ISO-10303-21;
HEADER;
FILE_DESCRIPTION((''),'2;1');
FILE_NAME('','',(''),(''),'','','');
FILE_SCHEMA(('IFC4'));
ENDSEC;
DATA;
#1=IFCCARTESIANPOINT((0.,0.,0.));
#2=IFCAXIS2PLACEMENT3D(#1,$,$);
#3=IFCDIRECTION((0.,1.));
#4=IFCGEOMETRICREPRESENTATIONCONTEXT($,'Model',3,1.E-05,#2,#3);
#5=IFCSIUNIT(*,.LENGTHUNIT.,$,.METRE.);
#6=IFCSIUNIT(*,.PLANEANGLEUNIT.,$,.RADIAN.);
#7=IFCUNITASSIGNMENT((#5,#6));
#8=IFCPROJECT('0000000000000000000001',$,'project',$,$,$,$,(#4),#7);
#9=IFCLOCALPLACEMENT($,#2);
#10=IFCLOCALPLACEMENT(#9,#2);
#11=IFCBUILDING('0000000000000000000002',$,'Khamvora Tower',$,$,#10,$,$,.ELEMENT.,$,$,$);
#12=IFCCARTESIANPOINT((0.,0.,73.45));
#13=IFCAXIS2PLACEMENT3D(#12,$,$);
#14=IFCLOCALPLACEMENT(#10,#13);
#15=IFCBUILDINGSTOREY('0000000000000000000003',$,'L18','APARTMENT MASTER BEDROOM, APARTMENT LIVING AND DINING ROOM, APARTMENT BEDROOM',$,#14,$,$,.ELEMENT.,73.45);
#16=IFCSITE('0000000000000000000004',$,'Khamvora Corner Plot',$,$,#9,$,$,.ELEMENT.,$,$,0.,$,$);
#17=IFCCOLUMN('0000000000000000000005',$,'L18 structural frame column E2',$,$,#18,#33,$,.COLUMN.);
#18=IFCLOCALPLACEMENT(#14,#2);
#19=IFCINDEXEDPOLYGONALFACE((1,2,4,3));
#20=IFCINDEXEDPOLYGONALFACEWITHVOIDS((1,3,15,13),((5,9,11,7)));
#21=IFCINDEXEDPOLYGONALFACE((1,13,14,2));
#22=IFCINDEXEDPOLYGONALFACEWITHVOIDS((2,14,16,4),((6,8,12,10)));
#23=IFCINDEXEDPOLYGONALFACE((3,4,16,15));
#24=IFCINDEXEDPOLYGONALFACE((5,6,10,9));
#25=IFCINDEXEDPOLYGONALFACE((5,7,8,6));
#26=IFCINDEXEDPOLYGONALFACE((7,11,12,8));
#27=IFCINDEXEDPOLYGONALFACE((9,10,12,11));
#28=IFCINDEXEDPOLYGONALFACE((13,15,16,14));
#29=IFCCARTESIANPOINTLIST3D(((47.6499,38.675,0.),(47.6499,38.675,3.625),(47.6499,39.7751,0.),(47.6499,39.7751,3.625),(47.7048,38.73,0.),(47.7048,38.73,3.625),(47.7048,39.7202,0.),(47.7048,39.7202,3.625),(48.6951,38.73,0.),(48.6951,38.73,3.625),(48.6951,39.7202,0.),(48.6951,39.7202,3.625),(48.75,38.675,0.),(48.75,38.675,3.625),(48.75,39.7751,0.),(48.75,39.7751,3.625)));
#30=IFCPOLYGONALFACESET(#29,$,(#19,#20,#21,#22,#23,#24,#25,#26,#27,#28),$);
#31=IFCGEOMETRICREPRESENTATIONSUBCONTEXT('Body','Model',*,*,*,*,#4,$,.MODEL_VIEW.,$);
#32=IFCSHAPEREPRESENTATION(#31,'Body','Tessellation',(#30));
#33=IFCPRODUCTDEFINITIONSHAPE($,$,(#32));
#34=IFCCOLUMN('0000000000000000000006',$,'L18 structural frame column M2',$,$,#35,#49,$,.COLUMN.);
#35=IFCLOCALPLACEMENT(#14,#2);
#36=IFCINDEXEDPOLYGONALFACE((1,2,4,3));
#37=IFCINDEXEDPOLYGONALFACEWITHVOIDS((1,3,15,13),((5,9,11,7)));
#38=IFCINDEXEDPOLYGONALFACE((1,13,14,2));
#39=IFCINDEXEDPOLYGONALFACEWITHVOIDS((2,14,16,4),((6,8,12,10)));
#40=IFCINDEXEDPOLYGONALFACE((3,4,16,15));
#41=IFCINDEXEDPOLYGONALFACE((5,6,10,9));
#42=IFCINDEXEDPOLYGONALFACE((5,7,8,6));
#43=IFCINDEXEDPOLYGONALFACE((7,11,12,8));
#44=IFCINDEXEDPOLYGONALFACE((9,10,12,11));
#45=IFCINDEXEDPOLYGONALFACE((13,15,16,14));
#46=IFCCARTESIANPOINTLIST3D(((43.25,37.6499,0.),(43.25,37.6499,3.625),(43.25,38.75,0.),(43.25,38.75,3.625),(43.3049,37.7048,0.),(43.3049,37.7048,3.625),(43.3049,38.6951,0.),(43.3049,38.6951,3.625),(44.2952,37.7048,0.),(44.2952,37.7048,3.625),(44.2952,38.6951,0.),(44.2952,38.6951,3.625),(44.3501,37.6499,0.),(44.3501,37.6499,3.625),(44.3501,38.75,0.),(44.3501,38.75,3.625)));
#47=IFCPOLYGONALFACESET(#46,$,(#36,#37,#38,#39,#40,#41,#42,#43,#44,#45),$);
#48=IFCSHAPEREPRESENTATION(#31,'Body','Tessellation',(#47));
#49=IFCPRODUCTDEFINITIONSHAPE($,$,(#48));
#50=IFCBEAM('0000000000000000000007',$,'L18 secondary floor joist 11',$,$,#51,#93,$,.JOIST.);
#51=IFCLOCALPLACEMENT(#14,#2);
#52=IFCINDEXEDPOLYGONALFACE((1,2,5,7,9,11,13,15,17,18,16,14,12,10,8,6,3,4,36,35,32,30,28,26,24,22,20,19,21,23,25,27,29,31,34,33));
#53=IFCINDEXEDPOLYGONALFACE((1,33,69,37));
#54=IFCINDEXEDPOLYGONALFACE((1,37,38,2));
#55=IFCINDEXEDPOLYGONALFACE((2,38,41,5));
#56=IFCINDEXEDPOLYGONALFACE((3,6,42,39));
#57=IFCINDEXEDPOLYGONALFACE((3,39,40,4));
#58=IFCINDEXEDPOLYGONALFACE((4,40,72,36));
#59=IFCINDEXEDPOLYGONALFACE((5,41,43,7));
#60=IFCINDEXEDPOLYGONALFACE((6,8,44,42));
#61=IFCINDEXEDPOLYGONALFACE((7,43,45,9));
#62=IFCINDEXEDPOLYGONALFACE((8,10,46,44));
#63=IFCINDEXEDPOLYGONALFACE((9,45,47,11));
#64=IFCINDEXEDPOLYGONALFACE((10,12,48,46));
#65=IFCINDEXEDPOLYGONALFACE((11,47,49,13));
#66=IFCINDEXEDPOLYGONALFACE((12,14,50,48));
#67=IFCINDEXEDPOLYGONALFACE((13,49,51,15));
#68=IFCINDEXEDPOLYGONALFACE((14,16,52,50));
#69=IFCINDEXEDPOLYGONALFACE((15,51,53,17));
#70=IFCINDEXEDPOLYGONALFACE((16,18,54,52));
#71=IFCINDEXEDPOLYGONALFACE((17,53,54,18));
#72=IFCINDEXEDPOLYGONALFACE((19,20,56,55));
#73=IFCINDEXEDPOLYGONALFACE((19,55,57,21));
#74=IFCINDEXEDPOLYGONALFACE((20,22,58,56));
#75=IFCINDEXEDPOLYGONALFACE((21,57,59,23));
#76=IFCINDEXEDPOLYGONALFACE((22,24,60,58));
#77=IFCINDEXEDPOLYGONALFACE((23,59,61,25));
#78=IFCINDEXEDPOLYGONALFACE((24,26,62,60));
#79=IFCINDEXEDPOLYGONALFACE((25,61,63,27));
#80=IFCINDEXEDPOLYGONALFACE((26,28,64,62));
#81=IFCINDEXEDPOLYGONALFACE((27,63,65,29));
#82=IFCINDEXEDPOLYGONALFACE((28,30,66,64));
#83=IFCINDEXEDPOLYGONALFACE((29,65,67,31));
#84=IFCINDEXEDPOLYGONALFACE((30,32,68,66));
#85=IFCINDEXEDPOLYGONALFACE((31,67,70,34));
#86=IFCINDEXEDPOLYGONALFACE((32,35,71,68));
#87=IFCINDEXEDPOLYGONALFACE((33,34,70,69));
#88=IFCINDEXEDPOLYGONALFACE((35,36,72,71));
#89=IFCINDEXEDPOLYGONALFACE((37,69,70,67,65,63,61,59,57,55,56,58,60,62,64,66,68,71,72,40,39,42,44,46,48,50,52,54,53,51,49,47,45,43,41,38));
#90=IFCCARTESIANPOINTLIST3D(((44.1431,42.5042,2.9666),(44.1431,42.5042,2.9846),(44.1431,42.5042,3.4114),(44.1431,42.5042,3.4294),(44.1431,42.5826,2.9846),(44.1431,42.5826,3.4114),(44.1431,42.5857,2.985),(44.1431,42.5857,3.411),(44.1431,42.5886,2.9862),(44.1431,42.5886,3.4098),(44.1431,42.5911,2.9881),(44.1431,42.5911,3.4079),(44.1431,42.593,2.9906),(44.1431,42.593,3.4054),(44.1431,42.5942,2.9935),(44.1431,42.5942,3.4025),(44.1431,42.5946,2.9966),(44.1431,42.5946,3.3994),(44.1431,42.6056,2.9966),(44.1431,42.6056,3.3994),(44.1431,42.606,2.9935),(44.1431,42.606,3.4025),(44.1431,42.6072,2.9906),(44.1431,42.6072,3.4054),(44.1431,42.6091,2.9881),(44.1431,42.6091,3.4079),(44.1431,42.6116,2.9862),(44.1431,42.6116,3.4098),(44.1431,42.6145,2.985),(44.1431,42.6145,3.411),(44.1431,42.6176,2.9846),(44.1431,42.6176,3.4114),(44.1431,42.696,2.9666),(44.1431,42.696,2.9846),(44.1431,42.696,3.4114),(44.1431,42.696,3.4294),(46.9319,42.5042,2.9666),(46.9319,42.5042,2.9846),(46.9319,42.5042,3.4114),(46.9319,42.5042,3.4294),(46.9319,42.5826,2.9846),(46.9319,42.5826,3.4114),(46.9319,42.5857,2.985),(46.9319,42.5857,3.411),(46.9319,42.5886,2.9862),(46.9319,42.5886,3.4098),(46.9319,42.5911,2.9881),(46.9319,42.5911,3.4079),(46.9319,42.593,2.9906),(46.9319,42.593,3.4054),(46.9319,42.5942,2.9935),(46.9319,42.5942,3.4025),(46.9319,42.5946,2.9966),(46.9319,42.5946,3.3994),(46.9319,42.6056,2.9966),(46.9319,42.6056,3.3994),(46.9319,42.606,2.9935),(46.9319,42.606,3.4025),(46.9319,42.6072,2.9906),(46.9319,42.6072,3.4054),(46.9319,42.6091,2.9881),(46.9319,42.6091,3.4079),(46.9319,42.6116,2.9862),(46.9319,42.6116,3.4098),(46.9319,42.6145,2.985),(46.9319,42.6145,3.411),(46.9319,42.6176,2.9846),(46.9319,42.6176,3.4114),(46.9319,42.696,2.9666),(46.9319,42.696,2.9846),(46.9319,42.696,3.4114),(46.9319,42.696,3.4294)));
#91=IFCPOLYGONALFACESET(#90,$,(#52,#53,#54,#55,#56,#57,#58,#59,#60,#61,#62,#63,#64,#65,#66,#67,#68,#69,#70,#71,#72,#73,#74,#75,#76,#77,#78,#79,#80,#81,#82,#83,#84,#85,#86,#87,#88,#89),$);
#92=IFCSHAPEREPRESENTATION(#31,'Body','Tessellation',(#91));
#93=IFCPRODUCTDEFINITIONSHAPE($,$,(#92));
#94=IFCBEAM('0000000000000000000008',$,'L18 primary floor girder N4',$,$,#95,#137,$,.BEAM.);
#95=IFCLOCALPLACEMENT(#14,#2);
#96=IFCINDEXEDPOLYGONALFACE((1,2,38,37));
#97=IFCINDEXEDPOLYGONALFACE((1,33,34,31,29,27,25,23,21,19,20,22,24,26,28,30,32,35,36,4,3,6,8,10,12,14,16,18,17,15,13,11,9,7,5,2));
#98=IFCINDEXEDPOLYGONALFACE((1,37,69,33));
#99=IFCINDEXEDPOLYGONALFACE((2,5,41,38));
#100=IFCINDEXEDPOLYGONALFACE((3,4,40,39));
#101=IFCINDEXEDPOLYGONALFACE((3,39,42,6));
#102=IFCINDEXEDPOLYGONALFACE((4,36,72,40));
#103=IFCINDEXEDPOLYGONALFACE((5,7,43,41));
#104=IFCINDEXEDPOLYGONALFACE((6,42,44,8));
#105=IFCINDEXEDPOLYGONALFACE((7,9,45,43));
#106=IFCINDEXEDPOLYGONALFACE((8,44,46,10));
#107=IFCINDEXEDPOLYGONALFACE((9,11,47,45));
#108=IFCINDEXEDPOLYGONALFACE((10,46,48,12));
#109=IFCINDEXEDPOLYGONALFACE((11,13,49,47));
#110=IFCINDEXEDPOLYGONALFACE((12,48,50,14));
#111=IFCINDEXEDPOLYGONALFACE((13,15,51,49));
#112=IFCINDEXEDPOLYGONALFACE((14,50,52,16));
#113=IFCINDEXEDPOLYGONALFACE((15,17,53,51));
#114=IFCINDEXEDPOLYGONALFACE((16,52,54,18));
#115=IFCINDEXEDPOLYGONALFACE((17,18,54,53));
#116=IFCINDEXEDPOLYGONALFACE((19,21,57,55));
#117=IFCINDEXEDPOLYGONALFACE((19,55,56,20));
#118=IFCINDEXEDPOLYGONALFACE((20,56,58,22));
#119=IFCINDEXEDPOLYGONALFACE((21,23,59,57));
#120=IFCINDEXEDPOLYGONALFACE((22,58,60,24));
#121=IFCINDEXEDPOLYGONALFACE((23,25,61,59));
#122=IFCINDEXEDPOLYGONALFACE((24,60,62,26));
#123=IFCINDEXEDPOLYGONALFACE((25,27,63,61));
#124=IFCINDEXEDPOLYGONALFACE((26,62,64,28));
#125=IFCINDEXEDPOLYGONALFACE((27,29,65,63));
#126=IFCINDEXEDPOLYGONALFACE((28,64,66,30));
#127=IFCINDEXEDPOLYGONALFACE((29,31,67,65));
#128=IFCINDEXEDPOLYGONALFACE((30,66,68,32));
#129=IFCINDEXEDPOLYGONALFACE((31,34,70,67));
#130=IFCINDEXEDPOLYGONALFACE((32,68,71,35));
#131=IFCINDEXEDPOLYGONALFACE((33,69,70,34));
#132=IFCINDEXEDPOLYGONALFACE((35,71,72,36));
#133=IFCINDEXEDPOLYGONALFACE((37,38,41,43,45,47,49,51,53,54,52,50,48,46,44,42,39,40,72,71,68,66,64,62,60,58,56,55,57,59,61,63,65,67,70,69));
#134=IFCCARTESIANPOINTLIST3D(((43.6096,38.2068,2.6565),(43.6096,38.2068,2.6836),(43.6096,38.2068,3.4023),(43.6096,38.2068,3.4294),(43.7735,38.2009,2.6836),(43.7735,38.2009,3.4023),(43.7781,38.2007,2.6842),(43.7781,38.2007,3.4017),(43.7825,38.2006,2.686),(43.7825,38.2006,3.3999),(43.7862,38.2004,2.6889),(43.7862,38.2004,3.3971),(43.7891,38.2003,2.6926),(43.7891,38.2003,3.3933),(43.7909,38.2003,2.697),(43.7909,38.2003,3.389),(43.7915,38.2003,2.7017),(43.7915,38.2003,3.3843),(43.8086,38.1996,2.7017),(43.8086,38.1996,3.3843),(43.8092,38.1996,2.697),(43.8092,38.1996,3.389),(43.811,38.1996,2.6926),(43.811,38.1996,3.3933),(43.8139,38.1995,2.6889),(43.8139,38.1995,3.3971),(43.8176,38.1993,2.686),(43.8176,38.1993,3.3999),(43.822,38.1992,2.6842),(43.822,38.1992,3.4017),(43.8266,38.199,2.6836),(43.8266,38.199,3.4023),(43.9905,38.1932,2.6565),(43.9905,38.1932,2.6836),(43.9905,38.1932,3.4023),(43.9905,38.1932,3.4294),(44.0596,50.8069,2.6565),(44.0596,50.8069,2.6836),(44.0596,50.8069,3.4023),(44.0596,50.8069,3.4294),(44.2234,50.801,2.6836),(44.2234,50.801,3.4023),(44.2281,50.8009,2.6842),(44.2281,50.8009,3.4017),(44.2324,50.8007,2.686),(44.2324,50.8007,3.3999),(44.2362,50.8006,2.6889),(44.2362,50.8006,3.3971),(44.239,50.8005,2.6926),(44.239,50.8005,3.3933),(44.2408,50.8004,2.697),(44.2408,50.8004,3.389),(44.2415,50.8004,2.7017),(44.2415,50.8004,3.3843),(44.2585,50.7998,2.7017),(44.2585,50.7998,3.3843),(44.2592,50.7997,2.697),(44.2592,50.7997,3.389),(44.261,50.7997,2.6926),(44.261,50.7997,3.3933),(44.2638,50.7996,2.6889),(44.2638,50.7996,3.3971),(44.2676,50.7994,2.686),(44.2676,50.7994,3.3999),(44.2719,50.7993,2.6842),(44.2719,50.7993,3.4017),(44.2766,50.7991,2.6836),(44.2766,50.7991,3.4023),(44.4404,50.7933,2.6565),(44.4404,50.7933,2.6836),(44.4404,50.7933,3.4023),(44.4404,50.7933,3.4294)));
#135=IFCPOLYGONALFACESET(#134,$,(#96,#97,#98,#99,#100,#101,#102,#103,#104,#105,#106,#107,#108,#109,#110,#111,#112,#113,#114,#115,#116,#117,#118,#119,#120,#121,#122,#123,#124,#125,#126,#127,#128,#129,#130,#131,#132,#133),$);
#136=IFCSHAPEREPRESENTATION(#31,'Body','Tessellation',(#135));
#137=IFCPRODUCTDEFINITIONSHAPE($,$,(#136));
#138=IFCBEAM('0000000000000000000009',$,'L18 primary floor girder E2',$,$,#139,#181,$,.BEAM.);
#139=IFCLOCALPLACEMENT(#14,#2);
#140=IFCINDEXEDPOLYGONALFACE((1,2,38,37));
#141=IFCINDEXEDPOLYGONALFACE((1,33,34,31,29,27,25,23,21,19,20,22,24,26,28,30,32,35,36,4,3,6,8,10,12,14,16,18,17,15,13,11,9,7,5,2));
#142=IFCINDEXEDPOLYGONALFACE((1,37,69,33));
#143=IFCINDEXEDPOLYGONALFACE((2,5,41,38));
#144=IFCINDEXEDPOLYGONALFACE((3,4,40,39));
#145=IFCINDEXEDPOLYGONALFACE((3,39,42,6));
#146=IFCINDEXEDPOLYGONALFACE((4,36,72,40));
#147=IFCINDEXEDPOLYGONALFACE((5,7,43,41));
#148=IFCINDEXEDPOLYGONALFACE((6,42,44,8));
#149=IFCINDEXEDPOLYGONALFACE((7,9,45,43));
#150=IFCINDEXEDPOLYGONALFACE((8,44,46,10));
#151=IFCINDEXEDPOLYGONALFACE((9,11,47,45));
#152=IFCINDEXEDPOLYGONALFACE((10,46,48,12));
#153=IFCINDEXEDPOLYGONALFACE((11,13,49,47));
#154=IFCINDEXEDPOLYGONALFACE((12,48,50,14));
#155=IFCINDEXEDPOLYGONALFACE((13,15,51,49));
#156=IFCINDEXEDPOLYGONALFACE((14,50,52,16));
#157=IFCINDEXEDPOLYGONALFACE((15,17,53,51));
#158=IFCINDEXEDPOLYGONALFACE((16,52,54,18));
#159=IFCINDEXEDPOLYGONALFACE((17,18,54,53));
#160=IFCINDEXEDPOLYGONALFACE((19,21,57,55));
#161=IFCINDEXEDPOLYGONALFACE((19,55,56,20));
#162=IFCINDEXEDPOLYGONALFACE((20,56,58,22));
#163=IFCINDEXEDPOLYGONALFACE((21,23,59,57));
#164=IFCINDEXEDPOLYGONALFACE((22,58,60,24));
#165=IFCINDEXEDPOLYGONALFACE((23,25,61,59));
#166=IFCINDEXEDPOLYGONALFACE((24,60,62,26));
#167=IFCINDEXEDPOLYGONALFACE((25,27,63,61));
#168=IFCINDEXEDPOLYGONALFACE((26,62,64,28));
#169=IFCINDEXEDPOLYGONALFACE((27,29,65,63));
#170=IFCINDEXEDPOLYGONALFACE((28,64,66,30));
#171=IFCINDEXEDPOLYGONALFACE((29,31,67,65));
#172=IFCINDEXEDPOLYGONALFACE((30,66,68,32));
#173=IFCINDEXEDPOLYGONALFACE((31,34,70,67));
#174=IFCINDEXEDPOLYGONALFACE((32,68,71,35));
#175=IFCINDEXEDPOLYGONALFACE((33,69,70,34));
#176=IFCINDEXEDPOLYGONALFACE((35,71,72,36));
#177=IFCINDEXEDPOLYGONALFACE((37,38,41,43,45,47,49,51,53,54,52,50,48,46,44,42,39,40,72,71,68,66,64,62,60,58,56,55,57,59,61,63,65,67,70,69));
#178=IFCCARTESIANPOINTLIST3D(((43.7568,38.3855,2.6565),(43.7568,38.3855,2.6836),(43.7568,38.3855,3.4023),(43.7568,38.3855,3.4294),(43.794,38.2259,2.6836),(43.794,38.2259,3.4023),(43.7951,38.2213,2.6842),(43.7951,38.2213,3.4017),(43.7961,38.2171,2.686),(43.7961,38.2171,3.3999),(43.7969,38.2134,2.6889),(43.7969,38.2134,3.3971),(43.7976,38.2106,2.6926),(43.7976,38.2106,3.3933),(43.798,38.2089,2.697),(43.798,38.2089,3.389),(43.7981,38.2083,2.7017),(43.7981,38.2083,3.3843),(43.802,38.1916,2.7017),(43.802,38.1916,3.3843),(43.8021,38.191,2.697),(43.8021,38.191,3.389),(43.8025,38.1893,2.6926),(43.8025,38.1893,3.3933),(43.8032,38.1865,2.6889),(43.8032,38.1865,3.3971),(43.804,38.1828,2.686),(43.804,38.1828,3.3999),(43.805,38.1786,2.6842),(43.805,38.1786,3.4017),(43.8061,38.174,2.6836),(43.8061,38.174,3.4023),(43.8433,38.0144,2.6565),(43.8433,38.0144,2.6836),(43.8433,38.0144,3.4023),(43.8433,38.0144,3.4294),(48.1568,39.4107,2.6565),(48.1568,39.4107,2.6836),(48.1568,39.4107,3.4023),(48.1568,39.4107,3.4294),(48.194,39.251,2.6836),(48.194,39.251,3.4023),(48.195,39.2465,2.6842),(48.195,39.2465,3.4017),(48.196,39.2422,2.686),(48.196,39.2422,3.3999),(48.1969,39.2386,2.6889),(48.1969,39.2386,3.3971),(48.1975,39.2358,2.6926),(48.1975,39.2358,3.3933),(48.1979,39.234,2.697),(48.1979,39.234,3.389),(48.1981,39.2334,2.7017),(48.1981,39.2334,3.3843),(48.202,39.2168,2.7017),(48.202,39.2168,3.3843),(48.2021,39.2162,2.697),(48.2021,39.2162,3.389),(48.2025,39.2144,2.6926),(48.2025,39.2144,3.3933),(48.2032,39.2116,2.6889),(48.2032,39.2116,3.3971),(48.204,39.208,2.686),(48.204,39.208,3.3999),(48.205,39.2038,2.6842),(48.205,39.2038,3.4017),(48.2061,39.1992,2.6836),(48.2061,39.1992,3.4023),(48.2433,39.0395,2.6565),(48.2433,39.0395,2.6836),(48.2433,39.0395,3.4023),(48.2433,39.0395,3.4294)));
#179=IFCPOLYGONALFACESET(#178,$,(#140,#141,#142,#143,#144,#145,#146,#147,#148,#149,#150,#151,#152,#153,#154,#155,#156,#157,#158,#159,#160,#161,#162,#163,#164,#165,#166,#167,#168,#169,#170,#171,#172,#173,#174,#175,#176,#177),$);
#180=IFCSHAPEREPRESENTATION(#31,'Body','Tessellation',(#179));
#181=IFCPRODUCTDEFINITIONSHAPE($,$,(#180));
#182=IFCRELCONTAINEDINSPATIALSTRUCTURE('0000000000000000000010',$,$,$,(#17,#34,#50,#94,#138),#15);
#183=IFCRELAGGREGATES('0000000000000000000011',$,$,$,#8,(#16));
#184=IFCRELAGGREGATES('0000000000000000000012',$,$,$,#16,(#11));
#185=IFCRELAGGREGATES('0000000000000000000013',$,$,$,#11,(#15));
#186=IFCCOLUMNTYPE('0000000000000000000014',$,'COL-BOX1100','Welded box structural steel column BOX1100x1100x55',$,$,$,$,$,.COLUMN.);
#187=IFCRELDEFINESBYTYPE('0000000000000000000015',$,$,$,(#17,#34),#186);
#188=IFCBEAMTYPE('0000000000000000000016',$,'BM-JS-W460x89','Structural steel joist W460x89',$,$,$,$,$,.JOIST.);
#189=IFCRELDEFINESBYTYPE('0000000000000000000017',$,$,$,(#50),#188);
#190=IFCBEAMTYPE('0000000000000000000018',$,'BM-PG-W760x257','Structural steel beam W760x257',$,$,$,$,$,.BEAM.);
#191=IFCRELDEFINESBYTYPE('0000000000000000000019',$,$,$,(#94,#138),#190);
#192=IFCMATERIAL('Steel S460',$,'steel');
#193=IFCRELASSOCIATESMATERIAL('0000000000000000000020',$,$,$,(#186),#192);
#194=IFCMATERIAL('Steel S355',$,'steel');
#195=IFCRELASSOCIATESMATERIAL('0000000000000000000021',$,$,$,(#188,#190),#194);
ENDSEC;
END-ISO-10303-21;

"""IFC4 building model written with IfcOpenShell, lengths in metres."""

from ifc_helpers import new_model, si_unit, direction, frame, origin, origin_2d, place, context, subcontext, project, spatial, hollow_rectangle, i_section, extrude, material, material_profile, profile_set, type_object, element, save


model = new_model("IFC4")

# Units and contexts
model_context = context("Model", 3, precision=1e-05, world=origin(), true_north=direction((0.0, 1.0)))
body_context = subcontext(model_context, "Body", "Model", "MODEL_VIEW")
ifc_project = project(units=[si_unit("LENGTHUNIT", "METRE"), si_unit("PLANEANGLEUNIT", "RADIAN")], contexts=[model_context])

# Site, building, storey
site_placement = place(None, origin())
site = spatial("IfcSite", under=ifc_project, at=site_placement, Name="Khamvora Corner Plot", CompositionType="ELEMENT", RefElevation=0.0)
building_placement = place(site_placement, origin())
building = spatial("IfcBuilding", under=site, at=building_placement, Name="Khamvora Tower", CompositionType="ELEMENT")
storey_placement = place(building_placement, frame((0.0, 0.0, 73.45)))
storey = spatial("IfcBuildingStorey", under=building, at=storey_placement, Name="L18", Description="APARTMENT MASTER BEDROOM, APARTMENT LIVING AND DINING ROOM, APARTMENT BEDROOM", CompositionType="ELEMENT", Elevation=73.45)

# Columns
ifc_material_1 = material(Name="Steel S460", Category="steel")
ifc_material_profile_1 = material_profile(ifc_material_1, hollow_rectangle(XDim=1.1001, YDim=1.1001, WallThickness=0.0549, at=origin_2d()), Name="BOX1100x1100x55")
ifc_profile_set_1 = profile_set([ifc_material_profile_1], Name="Steel S460")
column_type = type_object("IfcColumnType", Name="COL-BOX1100", Description="Welded box structural steel column BOX1100x1100x55", PredefinedType="COLUMN", material=ifc_profile_set_1)
for number, where, z_axis, x_axis, name in (
    (1, (48.2, 39.2251, 0.0), (0.0, 0.0, 1.0), (1.0, 0.0, 0.0), "L18 structural frame column E2"),
    (2, (43.8, 38.2, 0.0), (0.0, 0.0, 1.0), (1.0, 0.0, 0.0), "L18 structural frame column M2"),
):
    element("IfcColumn", number, at=place(storey_placement, frame(where, z_axis=z_axis, x_axis=x_axis)), inside=storey, type_object=column_type, Name=name, PredefinedType="COLUMN", context=body_context, shape_type="SweptSolid", body=[
        extrude(hollow_rectangle(XDim=1.1001, YDim=1.1001, WallThickness=0.0549, at=origin_2d()), origin(), (0.0, 0.0, 1.0), 3.625),
    ])

# Beams
ifc_material_2 = material(Name="Steel S355", Category="steel")
ifc_material_profile_2 = material_profile(ifc_material_2, i_section(OverallWidth=0.1919, OverallDepth=0.4629, WebThickness=0.011, FlangeThickness=0.0181, FilletRadius=0.012, at=origin_2d()), Name="W460x89")
ifc_profile_set_2 = profile_set([ifc_material_profile_2], Name="Steel S355")
beam_type_1 = type_object("IfcBeamType", Name="BM-JS-W460x89", Description="Structural steel joist W460x89", PredefinedType="JOIST", material=ifc_profile_set_2)
beam_1_placement = place(storey_placement, frame((44.1431, 42.6001, 3.198), z_axis=(1.0, 0.0, 0.0), x_axis=(0.0, 1.0, 0.0)))
element("IfcBeam", 3, at=beam_1_placement, inside=storey, type_object=beam_type_1, Name="L18 secondary floor joist 11", PredefinedType="JOIST", context=body_context, shape_type="SweptSolid", body=[
    extrude(i_section(OverallWidth=0.1919, OverallDepth=0.4629, WebThickness=0.011, FlangeThickness=0.0181, FilletRadius=0.012, at=origin_2d()), origin(), (0.0, 0.0, 1.0), 2.7888),
])
ifc_material_profile_3 = material_profile(ifc_material_2, i_section(OverallWidth=0.3811, OverallDepth=0.7729, WebThickness=0.0171, FlangeThickness=0.0271, FilletRadius=0.0181, at=origin_2d()), Name="W760x257")
ifc_profile_set_3 = profile_set([ifc_material_profile_3], Name="Steel S355")
beam_type_2 = type_object("IfcBeamType", Name="BM-PG-W760x257", Description="Structural steel beam W760x257", PredefinedType="BEAM", material=ifc_profile_set_3)
beam_2_placement = place(storey_placement, frame((43.8, 38.2, 3.043), z_axis=(0.035687, 0.999363, 0.0), x_axis=(-0.999363, 0.035687, 0.0)))
element("IfcBeam", 4, at=beam_2_placement, inside=storey, type_object=beam_type_2, Name="L18 primary floor girder N4", PredefinedType="BEAM", context=body_context, shape_type="SweptSolid", body=[
    extrude(i_section(OverallWidth=0.3811, OverallDepth=0.7729, WebThickness=0.0171, FlangeThickness=0.0271, FilletRadius=0.0181, at=origin_2d()), origin(), (0.0, 0.0, 1.0), 12.6082),
])
beam_3_placement = place(storey_placement, frame((43.8, 38.2, 3.043), z_axis=(0.973915, 0.226915, 0.0), x_axis=(-0.226915, 0.973915, 0.0)))
element("IfcBeam", 5, at=beam_3_placement, inside=storey, type_object=beam_type_2, Name="L18 primary floor girder E2", PredefinedType="BEAM", context=body_context, shape_type="SweptSolid", body=[
    extrude(i_section(OverallWidth=0.3811, OverallDepth=0.7729, WebThickness=0.0171, FlangeThickness=0.0271, FilletRadius=0.0181, at=origin_2d()), origin(), (0.0, 0.0, 1.0), 4.5178),
])

save(model, "model.ifc")
